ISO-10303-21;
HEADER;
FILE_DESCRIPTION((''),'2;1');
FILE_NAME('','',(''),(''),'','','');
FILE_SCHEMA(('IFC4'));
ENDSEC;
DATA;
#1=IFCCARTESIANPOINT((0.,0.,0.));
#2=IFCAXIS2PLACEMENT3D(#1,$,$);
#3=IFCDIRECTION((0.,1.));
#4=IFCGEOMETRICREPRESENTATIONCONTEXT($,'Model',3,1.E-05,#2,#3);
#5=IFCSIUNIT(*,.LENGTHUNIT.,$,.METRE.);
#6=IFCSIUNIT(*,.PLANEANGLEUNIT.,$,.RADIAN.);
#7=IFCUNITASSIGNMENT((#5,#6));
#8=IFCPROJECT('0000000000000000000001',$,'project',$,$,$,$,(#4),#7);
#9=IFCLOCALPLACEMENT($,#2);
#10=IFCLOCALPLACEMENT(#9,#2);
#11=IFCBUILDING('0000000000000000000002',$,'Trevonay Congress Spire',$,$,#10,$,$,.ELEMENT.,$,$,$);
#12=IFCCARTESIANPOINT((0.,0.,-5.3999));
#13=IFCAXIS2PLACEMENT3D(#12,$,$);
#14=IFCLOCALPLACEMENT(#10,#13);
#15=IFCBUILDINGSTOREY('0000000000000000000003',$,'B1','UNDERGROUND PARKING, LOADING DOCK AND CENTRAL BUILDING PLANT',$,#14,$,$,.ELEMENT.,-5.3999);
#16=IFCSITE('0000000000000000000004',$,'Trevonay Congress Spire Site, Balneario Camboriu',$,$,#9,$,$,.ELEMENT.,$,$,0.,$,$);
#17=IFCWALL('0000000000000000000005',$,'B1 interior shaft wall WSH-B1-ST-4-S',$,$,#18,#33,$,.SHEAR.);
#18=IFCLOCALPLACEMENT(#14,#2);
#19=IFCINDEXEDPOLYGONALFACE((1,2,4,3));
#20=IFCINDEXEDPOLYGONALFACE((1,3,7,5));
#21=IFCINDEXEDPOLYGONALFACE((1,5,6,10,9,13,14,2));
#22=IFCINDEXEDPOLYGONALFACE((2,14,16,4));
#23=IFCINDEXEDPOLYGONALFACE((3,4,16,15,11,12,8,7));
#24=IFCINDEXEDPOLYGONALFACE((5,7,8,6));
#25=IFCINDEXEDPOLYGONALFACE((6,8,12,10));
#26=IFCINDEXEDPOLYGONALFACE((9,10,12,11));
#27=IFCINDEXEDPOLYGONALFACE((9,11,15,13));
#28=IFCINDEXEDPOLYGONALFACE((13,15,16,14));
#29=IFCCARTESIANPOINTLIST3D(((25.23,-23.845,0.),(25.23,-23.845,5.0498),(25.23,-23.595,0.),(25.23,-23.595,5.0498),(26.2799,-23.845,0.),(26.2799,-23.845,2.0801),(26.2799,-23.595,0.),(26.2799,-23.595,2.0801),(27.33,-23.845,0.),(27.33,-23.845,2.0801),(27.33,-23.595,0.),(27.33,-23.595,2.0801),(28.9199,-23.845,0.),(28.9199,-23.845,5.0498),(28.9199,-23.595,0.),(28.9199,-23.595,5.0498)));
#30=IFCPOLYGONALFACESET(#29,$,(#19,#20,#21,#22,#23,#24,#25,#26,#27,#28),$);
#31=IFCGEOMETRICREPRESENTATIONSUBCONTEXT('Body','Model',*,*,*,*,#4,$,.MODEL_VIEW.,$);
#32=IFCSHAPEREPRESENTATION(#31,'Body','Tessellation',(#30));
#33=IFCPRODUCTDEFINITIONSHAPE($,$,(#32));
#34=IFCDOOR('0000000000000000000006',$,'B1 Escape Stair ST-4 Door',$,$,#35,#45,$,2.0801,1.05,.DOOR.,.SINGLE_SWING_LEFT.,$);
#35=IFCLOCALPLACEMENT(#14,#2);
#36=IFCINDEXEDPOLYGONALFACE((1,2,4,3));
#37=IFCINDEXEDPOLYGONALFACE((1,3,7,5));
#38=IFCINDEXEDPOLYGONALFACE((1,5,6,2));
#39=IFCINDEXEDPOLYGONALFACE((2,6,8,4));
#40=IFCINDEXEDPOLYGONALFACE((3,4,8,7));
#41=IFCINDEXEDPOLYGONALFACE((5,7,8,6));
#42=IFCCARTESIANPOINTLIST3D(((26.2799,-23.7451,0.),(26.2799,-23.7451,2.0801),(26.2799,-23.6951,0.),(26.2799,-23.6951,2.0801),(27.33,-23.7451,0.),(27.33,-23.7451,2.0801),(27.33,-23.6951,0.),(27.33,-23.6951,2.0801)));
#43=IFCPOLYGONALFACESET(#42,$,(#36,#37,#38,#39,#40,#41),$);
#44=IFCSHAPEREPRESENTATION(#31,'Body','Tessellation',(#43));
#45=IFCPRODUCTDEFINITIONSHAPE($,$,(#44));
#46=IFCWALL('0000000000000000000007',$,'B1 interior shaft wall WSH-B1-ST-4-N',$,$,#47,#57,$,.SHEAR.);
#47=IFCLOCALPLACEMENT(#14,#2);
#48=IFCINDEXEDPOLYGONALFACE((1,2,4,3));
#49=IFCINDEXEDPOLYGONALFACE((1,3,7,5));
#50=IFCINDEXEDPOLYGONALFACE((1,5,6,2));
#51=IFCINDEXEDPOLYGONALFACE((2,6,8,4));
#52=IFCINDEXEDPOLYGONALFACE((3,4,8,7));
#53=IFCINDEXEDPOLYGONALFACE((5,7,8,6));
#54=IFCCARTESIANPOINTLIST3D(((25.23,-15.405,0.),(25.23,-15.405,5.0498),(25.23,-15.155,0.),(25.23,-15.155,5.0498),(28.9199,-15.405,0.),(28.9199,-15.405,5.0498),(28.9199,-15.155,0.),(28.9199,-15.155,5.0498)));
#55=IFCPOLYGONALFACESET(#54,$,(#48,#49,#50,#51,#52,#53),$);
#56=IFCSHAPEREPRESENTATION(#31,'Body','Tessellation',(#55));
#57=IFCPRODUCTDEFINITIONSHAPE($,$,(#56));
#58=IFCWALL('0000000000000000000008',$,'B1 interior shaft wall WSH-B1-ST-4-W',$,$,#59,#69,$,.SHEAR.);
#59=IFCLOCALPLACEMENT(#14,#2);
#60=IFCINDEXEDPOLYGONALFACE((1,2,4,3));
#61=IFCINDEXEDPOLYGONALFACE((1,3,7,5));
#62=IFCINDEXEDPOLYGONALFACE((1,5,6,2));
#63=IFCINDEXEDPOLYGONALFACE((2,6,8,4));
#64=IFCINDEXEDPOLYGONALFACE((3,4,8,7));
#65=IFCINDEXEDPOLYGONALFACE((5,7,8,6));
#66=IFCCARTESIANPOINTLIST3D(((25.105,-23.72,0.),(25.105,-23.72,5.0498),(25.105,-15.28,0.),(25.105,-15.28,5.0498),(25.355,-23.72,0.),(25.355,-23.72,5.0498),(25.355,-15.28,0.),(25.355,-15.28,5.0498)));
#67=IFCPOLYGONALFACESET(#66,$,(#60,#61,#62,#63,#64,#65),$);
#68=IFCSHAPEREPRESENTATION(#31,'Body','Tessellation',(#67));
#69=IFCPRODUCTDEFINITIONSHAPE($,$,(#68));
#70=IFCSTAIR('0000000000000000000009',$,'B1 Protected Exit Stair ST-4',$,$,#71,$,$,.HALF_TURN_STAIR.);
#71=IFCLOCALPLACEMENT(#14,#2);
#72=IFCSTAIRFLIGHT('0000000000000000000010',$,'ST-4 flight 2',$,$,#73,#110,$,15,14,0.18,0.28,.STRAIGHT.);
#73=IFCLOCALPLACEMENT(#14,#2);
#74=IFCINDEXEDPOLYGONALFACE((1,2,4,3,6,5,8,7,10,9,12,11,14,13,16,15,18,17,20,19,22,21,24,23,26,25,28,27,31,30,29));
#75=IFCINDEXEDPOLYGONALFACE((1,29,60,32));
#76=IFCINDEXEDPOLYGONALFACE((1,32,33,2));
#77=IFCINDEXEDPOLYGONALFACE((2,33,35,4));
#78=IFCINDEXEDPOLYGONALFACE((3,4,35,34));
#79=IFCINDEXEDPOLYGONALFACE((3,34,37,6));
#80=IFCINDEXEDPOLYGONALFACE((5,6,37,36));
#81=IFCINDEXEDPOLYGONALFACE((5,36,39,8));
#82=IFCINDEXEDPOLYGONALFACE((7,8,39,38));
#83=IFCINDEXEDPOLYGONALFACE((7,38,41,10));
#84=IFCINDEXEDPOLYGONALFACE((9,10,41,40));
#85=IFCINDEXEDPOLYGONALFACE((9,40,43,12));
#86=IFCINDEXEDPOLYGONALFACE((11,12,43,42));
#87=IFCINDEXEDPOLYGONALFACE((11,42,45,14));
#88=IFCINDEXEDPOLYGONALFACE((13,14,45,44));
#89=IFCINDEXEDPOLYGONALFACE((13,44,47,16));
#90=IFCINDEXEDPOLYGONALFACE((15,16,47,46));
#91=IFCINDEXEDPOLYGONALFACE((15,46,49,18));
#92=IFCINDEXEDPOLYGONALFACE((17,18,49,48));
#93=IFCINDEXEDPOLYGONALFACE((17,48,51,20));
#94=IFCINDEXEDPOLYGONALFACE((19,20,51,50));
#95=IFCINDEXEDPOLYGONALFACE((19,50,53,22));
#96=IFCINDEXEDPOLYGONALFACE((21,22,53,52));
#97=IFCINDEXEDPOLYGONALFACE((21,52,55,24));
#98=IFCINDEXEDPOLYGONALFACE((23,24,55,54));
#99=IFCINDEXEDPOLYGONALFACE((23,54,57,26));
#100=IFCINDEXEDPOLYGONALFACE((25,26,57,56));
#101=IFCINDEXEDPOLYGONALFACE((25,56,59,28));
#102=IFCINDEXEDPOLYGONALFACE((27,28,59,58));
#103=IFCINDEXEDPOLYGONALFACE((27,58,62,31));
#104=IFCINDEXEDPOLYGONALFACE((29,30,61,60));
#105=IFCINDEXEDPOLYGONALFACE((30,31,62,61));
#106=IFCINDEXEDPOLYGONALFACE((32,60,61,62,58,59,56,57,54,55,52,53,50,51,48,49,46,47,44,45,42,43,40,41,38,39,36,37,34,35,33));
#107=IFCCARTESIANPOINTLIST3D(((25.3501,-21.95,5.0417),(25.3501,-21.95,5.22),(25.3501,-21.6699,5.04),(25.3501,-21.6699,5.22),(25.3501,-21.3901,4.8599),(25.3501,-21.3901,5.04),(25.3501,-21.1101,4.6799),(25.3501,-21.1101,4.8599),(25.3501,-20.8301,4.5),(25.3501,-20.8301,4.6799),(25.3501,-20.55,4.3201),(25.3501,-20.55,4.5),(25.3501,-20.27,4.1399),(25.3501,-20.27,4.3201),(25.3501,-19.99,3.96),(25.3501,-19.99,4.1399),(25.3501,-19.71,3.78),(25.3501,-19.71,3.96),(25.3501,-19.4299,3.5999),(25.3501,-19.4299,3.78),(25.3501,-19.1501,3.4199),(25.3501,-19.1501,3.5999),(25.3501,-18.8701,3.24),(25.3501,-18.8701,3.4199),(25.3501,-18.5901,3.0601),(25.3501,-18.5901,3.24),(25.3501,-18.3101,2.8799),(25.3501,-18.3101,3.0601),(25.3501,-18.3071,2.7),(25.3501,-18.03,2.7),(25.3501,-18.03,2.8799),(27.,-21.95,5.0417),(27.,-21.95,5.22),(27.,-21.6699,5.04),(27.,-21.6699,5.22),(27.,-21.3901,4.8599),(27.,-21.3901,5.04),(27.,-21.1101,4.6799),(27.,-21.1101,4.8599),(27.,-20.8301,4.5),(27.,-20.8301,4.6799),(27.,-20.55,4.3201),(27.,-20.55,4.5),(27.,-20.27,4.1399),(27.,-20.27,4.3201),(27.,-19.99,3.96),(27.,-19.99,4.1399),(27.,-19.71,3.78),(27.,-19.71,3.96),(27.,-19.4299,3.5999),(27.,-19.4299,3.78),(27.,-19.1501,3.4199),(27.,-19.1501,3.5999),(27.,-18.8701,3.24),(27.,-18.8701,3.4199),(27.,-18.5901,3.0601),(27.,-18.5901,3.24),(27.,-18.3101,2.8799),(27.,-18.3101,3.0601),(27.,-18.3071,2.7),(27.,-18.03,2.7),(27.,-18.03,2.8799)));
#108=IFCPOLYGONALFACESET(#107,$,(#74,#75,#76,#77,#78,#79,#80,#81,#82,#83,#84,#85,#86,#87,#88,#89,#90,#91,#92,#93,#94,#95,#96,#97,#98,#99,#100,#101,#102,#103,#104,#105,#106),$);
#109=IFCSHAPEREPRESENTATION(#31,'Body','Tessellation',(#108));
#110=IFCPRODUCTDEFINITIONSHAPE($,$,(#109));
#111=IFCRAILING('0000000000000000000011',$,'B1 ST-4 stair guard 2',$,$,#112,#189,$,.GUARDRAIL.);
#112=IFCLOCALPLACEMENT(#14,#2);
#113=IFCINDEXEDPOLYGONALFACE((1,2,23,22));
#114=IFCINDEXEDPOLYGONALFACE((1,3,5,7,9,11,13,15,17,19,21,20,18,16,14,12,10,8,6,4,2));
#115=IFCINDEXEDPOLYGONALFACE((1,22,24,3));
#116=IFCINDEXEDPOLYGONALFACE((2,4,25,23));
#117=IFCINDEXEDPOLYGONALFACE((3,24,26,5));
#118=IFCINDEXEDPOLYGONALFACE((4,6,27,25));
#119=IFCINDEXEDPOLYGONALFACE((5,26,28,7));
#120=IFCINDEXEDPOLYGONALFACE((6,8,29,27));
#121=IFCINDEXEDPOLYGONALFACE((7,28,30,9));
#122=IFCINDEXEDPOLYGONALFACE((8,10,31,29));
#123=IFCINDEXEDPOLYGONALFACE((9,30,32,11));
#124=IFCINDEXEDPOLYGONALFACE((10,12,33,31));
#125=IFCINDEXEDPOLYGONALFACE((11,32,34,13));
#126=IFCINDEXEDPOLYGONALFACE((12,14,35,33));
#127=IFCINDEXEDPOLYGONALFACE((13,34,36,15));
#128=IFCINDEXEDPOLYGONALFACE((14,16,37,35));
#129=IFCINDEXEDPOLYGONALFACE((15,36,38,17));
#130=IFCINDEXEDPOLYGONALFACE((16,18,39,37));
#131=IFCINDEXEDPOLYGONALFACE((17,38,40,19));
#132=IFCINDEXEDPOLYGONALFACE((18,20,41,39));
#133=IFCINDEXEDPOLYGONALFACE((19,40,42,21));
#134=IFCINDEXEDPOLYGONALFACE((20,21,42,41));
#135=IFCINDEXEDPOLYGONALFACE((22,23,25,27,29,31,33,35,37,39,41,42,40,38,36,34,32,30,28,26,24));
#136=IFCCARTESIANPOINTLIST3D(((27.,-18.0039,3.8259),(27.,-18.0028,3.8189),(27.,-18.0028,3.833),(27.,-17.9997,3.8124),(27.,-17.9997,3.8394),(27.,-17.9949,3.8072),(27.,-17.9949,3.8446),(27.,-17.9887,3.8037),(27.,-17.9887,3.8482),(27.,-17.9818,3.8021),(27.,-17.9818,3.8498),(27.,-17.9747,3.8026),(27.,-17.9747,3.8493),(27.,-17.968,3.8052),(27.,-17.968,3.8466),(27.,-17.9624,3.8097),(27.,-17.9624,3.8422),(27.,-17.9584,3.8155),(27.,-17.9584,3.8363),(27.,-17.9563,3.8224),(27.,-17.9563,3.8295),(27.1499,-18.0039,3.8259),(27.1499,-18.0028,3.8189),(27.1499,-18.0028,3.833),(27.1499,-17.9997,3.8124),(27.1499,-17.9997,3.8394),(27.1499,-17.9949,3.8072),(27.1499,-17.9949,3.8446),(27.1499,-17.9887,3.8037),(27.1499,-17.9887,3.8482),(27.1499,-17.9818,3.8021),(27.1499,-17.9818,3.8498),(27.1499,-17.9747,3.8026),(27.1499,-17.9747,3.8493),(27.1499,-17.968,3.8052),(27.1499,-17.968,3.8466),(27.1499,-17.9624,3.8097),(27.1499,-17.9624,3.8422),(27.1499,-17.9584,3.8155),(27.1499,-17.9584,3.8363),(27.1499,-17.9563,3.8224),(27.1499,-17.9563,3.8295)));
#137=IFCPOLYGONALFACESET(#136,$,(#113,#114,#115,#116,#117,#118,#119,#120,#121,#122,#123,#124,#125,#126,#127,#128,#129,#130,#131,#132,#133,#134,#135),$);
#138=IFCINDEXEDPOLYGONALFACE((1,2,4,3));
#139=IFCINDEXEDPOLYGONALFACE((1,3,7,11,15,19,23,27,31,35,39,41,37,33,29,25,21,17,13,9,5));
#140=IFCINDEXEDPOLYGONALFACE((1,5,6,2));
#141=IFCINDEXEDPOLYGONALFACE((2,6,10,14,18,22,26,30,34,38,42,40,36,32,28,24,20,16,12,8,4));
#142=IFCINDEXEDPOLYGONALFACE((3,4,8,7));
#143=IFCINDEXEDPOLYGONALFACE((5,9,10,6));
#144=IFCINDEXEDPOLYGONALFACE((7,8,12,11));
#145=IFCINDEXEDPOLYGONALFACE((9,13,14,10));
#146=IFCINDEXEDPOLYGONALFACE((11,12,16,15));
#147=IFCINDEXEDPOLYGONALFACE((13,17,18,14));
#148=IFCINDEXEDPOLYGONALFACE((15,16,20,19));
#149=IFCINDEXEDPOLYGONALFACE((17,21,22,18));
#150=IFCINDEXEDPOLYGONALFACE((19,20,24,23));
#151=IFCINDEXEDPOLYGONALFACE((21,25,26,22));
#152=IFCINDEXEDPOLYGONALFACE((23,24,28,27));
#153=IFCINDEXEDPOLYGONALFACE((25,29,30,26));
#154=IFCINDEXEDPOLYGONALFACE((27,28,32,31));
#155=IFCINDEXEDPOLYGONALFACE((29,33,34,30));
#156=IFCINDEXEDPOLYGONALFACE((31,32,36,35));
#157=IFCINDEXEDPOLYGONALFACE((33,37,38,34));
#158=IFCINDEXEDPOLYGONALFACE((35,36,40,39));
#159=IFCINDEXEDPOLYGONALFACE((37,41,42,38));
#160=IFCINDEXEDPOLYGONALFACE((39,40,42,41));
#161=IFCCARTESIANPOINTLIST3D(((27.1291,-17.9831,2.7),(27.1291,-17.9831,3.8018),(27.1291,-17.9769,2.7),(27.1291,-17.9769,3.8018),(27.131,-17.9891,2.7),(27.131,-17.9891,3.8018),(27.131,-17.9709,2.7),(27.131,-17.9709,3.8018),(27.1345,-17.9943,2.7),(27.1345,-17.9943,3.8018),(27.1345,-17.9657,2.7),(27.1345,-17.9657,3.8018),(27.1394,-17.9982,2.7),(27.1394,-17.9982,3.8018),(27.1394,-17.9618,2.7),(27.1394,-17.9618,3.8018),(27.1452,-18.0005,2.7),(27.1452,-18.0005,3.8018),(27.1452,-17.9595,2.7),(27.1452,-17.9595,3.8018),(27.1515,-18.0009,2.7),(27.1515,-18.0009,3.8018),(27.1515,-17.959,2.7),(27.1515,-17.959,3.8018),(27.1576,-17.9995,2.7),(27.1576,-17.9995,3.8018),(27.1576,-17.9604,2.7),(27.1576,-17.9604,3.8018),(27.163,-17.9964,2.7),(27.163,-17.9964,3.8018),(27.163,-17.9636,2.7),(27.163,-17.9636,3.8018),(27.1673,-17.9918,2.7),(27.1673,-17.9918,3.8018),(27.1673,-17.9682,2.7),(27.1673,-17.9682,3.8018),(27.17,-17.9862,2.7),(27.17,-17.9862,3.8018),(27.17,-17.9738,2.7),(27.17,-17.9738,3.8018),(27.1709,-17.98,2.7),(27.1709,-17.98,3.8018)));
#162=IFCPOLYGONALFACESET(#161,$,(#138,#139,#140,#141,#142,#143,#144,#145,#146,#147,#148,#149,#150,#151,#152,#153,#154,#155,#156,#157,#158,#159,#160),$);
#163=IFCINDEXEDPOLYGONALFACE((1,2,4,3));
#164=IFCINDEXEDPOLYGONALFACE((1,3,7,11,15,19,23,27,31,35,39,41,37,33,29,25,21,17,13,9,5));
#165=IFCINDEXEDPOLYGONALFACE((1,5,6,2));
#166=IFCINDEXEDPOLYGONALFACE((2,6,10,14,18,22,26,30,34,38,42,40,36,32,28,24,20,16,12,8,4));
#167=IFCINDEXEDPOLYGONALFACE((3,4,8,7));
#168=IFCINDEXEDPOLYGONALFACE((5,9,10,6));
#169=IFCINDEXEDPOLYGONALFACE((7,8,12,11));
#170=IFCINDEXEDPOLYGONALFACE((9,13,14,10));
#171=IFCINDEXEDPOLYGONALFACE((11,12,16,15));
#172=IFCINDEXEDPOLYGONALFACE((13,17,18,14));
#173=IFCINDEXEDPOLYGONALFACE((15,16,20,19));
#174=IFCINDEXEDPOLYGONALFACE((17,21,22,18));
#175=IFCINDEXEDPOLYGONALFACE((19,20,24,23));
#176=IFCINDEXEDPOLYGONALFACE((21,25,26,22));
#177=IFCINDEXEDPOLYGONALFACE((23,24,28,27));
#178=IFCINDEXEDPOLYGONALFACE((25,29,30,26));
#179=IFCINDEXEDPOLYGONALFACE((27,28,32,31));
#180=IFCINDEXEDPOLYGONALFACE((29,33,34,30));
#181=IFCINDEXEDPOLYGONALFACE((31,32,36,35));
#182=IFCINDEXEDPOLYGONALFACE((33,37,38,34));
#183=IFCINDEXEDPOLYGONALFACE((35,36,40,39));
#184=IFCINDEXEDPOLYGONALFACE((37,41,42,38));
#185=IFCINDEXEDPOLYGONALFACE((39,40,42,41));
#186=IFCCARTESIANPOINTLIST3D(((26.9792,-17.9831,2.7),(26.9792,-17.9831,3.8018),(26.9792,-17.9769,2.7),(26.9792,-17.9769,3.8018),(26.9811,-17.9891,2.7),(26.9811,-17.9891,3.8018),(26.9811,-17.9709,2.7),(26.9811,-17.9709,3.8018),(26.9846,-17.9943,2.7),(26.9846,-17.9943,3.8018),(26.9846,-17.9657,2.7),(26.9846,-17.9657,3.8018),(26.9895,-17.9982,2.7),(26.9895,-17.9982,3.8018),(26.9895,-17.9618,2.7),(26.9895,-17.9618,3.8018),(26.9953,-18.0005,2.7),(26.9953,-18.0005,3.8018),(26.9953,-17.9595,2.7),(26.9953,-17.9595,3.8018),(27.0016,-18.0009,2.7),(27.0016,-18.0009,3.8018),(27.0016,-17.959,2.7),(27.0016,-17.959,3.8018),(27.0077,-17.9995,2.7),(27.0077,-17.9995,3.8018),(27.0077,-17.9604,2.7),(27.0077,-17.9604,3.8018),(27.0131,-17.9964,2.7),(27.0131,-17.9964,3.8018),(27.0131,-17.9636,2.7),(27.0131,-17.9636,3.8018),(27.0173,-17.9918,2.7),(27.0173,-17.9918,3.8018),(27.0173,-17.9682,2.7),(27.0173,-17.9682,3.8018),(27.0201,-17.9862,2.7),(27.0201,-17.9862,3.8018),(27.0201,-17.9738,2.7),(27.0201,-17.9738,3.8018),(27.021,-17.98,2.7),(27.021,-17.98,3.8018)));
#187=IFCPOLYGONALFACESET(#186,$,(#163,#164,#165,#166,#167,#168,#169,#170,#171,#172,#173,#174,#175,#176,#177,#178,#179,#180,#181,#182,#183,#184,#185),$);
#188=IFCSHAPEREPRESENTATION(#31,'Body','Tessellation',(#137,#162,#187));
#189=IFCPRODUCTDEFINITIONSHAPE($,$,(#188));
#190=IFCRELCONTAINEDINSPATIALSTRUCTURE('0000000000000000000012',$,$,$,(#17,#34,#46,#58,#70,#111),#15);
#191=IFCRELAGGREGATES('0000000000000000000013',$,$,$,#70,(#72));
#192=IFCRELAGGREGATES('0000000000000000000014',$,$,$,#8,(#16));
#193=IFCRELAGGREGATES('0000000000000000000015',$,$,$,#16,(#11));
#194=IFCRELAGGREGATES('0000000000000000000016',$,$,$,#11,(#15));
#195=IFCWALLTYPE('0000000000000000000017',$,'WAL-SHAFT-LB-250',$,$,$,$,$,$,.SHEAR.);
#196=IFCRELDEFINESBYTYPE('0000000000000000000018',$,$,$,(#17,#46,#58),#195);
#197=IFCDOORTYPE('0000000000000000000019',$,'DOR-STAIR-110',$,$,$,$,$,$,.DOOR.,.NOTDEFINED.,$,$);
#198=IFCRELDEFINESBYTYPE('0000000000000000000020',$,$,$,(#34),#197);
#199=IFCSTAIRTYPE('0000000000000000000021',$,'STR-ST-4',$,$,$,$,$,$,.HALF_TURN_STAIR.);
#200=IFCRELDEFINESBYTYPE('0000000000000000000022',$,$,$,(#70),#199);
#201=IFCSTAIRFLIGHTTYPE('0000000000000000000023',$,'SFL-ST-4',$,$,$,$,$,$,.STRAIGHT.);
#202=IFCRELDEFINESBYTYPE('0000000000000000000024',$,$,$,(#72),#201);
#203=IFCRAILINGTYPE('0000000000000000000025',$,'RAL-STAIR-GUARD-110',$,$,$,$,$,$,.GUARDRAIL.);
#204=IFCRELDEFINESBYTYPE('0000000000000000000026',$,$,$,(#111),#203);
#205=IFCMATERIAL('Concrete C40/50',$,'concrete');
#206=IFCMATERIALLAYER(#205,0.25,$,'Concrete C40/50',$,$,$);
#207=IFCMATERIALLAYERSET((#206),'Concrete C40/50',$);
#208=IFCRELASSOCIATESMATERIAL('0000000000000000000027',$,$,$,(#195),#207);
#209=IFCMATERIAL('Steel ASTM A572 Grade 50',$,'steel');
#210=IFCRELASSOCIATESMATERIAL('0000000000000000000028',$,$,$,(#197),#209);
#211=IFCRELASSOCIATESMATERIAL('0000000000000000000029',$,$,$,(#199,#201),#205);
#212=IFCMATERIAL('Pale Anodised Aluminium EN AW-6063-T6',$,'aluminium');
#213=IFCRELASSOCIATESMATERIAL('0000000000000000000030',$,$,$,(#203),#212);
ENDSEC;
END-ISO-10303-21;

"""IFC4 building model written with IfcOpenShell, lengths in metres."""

from ifc_helpers import new_model, si_unit, direction, frame, frame_2d, origin, origin_2d, place, context, subcontext, project, spatial, polyline, rectangle, circle, outline, extrude, material, layer, layer_set, type_object, element, fill, aggregate, save


model = new_model("IFC4")

# Units and contexts
model_context = context("Model", 3, precision=1e-05, world=origin(), true_north=direction((0.0, 1.0)))
body_context = subcontext(model_context, "Body", "Model", "MODEL_VIEW")
ifc_project = project(units=[si_unit("LENGTHUNIT", "METRE"), si_unit("PLANEANGLEUNIT", "RADIAN")], contexts=[model_context])

# Site, building, storey
site_placement = place(None, origin())
site = spatial("IfcSite", under=ifc_project, at=site_placement, Name="Trevonay Congress Spire Site, Balneario Camboriu", CompositionType="ELEMENT", RefElevation=0.0)
building_placement = place(site_placement, origin())
building = spatial("IfcBuilding", under=site, at=building_placement, Name="Trevonay Congress Spire", CompositionType="ELEMENT")
storey_placement = place(building_placement, frame((0.0, 0.0, -5.3999)))
storey = spatial("IfcBuildingStorey", under=building, at=storey_placement, Name="B1", Description="UNDERGROUND PARKING, LOADING DOCK AND CENTRAL BUILDING PLANT", CompositionType="ELEMENT", Elevation=-5.3999)

# Shared definitions
ifc_material_1 = material(Name="Steel ASTM A572 Grade 50", Category="steel")

# Shared definitions
ifc_material_2 = material(Name="Concrete C40/50", Category="concrete")

# Wall, opening, door
ifc_layer_1 = layer(ifc_material_2, 0.25, Name="Concrete C40/50")
ifc_layer_set_1 = layer_set([ifc_layer_1], Name="Concrete C40/50")
wall_type_1 = type_object("IfcWallType", Name="WAL-SHAFT-LB-250", PredefinedType="SHEAR", material=ifc_layer_set_1)
wall_1_placement = place(storey_placement, frame((25.23, -23.72, 0.0), z_axis=(0.0, 0.0, 1.0), x_axis=(1.0, 0.0, 0.0)))
wall_1 = element("IfcWall", 1, at=wall_1_placement, inside=storey, type_object=wall_type_1, Name="B1 interior shaft wall WSH-B1-ST-4-S", PredefinedType="SHEAR", context=body_context, shape_type="SweptSolid", body=[
    extrude(rectangle(XDim=3.6899, YDim=0.25, at=frame_2d((1.845, 0.0))), origin(), (0.0, 0.0, 1.0), 5.0498),
])
opening_placement = place(wall_1_placement, frame((1.05, 0.0, 0.0)))
opening = element("IfcOpeningElement", 2, at=opening_placement, cuts=wall_1, PredefinedType="OPENING", context=body_context, shape_type="SweptSolid", body=[
    extrude(rectangle(XDim=1.05, YDim=2.0801, at=frame_2d((0.5249, 1.04))), frame((0.0, 0.135, 0.0), z_axis=(0.0, -1.0, 0.0), x_axis=(1.0, 0.0, 0.0)), (0.0, 0.0, 1.0), 0.27),
])
door_type = type_object("IfcDoorType", Name="DOR-STAIR-110", OperationType="NOTDEFINED", PredefinedType="DOOR", material=ifc_material_1)
door_placement = place(opening_placement, origin())
door = element("IfcDoor", 3, at=door_placement, inside=storey, type_object=door_type, Name="B1 Escape Stair ST-4 Door", OperationType="SINGLE_SWING_LEFT", OverallHeight=2.0801, OverallWidth=1.05, PredefinedType="DOOR", context=body_context, shape_type="SweptSolid", body=[
    extrude(rectangle(XDim=1.05, YDim=2.0801, at=frame_2d((0.5249, 1.04))), frame((0.0, 0.0249, 0.0), z_axis=(0.0, -1.0, 0.0), x_axis=(1.0, 0.0, 0.0)), (0.0, 0.0, 1.0), 0.05),
])
fill(opening, door)

# Walls
wall_2_placement = place(storey_placement, frame((25.23, -15.28, 0.0), z_axis=(0.0, 0.0, 1.0), x_axis=(1.0, 0.0, 0.0)))
element("IfcWall", 4, at=wall_2_placement, inside=storey, type_object=wall_type_1, Name="B1 interior shaft wall WSH-B1-ST-4-N", PredefinedType="SHEAR", context=body_context, shape_type="SweptSolid", body=[
    extrude(rectangle(XDim=3.6899, YDim=0.25, at=frame_2d((1.845, 0.0))), origin(), (0.0, 0.0, 1.0), 5.0498),
])
wall_3_placement = place(storey_placement, frame((25.23, -23.72, 0.0), z_axis=(0.0, 0.0, 1.0), x_axis=(0.0, 1.0, 0.0)))
element("IfcWall", 5, at=wall_3_placement, inside=storey, type_object=wall_type_1, Name="B1 interior shaft wall WSH-B1-ST-4-W", PredefinedType="SHEAR", context=body_context, shape_type="SweptSolid", body=[
    extrude(rectangle(XDim=8.4399, YDim=0.25, at=frame_2d((4.22, 0.0))), origin(), (0.0, 0.0, 1.0), 5.0498),
])

# Stair, stair flight
stair_type = type_object("IfcStairType", Name="STR-ST-4", PredefinedType="HALF_TURN_STAIR", material=ifc_material_2)
stair_placement = place(storey_placement, origin())
stair = element("IfcStair", 6, at=stair_placement, inside=storey, type_object=stair_type, Name="B1 Protected Exit Stair ST-4", PredefinedType="HALF_TURN_STAIR")
stair_flight_type = type_object("IfcStairFlightType", Name="SFL-ST-4", PredefinedType="STRAIGHT", material=ifc_material_2)
stair_flight_placement = place(storey_placement, frame((26.175, -18.03, 2.7), z_axis=(0.0, 0.0, 1.0), x_axis=(0.0, -1.0, 0.0)))
stair_flight = element("IfcStairFlight", 7, at=stair_flight_placement, type_object=stair_flight_type, Name="ST-4 flight 2", NumberOfRisers=15, NumberOfTreads=14, PredefinedType="STRAIGHT", RiserHeight=0.18, TreadLength=0.28, context=body_context, shape_type="SweptSolid", body=[
    extrude(outline(polyline([(0.0, 0.0), (0.0, 0.1799), (0.28, 0.1799), (0.28, 0.3601), (0.5601, 0.3601), (0.5601, 0.54), (0.8401, 0.54), (0.8401, 0.72), (1.1201, 0.72), (1.1201, 0.8999), (1.3999, 0.8999), (1.3999, 1.0801), (1.6799, 1.0801), (1.6799, 1.26), (1.96, 1.26), (1.96, 1.4399), (2.24, 1.4399), (2.24, 1.6201), (2.52, 1.6201), (2.52, 1.8), (2.8, 1.8), (2.8, 1.98), (3.0801, 1.98), (3.0801, 2.1599), (3.3601, 2.1599), (3.3601, 2.3401), (3.6399, 2.3401), (3.6399, 2.52), (3.9199, 2.52), (3.9199, 2.7), (3.9199, 2.3418), (0.2771, 0.0), (0.0, 0.0)])), frame((0.0, 0.825, 0.0), z_axis=(0.0, -1.0, 0.0), x_axis=(1.0, 0.0, 0.0)), (0.0, 0.0, 1.0), 1.6499),
])
aggregate(stair, [stair_flight])

# Railing
ifc_material_3 = material(Name="Pale Anodised Aluminium EN AW-6063-T6", Category="aluminium")
railing_type_1 = type_object("IfcRailingType", Name="RAL-STAIR-GUARD-110", PredefinedType="GUARDRAIL", material=ifc_material_3)
railing_1_placement = place(storey_placement, frame((27.1499, -17.98, 2.7)))
element("IfcRailing", 8, at=railing_1_placement, inside=storey, type_object=railing_type_1, Name="B1 ST-4 stair guard 2", PredefinedType="GUARDRAIL", context=body_context, shape_type="SweptSolid", body=[
    extrude(circle(Radius=0.0239, at=origin_2d()), frame((0.0, 0.0, 1.126), z_axis=(-1.0, 0.0, 0.0), x_axis=(0.0, -1.0, 0.0)), (0.0, 0.0, 1.0), 0.1499),
    extrude(circle(Radius=0.021, at=origin_2d()), origin(), (0.0, 0.0, 1.0), 1.1018),
    extrude(circle(Radius=0.021, at=origin_2d()), frame((-0.1499, 0.0, 0.0)), (0.0, 0.0, 1.0), 1.1018),
])

save(model, "model.ifc")
